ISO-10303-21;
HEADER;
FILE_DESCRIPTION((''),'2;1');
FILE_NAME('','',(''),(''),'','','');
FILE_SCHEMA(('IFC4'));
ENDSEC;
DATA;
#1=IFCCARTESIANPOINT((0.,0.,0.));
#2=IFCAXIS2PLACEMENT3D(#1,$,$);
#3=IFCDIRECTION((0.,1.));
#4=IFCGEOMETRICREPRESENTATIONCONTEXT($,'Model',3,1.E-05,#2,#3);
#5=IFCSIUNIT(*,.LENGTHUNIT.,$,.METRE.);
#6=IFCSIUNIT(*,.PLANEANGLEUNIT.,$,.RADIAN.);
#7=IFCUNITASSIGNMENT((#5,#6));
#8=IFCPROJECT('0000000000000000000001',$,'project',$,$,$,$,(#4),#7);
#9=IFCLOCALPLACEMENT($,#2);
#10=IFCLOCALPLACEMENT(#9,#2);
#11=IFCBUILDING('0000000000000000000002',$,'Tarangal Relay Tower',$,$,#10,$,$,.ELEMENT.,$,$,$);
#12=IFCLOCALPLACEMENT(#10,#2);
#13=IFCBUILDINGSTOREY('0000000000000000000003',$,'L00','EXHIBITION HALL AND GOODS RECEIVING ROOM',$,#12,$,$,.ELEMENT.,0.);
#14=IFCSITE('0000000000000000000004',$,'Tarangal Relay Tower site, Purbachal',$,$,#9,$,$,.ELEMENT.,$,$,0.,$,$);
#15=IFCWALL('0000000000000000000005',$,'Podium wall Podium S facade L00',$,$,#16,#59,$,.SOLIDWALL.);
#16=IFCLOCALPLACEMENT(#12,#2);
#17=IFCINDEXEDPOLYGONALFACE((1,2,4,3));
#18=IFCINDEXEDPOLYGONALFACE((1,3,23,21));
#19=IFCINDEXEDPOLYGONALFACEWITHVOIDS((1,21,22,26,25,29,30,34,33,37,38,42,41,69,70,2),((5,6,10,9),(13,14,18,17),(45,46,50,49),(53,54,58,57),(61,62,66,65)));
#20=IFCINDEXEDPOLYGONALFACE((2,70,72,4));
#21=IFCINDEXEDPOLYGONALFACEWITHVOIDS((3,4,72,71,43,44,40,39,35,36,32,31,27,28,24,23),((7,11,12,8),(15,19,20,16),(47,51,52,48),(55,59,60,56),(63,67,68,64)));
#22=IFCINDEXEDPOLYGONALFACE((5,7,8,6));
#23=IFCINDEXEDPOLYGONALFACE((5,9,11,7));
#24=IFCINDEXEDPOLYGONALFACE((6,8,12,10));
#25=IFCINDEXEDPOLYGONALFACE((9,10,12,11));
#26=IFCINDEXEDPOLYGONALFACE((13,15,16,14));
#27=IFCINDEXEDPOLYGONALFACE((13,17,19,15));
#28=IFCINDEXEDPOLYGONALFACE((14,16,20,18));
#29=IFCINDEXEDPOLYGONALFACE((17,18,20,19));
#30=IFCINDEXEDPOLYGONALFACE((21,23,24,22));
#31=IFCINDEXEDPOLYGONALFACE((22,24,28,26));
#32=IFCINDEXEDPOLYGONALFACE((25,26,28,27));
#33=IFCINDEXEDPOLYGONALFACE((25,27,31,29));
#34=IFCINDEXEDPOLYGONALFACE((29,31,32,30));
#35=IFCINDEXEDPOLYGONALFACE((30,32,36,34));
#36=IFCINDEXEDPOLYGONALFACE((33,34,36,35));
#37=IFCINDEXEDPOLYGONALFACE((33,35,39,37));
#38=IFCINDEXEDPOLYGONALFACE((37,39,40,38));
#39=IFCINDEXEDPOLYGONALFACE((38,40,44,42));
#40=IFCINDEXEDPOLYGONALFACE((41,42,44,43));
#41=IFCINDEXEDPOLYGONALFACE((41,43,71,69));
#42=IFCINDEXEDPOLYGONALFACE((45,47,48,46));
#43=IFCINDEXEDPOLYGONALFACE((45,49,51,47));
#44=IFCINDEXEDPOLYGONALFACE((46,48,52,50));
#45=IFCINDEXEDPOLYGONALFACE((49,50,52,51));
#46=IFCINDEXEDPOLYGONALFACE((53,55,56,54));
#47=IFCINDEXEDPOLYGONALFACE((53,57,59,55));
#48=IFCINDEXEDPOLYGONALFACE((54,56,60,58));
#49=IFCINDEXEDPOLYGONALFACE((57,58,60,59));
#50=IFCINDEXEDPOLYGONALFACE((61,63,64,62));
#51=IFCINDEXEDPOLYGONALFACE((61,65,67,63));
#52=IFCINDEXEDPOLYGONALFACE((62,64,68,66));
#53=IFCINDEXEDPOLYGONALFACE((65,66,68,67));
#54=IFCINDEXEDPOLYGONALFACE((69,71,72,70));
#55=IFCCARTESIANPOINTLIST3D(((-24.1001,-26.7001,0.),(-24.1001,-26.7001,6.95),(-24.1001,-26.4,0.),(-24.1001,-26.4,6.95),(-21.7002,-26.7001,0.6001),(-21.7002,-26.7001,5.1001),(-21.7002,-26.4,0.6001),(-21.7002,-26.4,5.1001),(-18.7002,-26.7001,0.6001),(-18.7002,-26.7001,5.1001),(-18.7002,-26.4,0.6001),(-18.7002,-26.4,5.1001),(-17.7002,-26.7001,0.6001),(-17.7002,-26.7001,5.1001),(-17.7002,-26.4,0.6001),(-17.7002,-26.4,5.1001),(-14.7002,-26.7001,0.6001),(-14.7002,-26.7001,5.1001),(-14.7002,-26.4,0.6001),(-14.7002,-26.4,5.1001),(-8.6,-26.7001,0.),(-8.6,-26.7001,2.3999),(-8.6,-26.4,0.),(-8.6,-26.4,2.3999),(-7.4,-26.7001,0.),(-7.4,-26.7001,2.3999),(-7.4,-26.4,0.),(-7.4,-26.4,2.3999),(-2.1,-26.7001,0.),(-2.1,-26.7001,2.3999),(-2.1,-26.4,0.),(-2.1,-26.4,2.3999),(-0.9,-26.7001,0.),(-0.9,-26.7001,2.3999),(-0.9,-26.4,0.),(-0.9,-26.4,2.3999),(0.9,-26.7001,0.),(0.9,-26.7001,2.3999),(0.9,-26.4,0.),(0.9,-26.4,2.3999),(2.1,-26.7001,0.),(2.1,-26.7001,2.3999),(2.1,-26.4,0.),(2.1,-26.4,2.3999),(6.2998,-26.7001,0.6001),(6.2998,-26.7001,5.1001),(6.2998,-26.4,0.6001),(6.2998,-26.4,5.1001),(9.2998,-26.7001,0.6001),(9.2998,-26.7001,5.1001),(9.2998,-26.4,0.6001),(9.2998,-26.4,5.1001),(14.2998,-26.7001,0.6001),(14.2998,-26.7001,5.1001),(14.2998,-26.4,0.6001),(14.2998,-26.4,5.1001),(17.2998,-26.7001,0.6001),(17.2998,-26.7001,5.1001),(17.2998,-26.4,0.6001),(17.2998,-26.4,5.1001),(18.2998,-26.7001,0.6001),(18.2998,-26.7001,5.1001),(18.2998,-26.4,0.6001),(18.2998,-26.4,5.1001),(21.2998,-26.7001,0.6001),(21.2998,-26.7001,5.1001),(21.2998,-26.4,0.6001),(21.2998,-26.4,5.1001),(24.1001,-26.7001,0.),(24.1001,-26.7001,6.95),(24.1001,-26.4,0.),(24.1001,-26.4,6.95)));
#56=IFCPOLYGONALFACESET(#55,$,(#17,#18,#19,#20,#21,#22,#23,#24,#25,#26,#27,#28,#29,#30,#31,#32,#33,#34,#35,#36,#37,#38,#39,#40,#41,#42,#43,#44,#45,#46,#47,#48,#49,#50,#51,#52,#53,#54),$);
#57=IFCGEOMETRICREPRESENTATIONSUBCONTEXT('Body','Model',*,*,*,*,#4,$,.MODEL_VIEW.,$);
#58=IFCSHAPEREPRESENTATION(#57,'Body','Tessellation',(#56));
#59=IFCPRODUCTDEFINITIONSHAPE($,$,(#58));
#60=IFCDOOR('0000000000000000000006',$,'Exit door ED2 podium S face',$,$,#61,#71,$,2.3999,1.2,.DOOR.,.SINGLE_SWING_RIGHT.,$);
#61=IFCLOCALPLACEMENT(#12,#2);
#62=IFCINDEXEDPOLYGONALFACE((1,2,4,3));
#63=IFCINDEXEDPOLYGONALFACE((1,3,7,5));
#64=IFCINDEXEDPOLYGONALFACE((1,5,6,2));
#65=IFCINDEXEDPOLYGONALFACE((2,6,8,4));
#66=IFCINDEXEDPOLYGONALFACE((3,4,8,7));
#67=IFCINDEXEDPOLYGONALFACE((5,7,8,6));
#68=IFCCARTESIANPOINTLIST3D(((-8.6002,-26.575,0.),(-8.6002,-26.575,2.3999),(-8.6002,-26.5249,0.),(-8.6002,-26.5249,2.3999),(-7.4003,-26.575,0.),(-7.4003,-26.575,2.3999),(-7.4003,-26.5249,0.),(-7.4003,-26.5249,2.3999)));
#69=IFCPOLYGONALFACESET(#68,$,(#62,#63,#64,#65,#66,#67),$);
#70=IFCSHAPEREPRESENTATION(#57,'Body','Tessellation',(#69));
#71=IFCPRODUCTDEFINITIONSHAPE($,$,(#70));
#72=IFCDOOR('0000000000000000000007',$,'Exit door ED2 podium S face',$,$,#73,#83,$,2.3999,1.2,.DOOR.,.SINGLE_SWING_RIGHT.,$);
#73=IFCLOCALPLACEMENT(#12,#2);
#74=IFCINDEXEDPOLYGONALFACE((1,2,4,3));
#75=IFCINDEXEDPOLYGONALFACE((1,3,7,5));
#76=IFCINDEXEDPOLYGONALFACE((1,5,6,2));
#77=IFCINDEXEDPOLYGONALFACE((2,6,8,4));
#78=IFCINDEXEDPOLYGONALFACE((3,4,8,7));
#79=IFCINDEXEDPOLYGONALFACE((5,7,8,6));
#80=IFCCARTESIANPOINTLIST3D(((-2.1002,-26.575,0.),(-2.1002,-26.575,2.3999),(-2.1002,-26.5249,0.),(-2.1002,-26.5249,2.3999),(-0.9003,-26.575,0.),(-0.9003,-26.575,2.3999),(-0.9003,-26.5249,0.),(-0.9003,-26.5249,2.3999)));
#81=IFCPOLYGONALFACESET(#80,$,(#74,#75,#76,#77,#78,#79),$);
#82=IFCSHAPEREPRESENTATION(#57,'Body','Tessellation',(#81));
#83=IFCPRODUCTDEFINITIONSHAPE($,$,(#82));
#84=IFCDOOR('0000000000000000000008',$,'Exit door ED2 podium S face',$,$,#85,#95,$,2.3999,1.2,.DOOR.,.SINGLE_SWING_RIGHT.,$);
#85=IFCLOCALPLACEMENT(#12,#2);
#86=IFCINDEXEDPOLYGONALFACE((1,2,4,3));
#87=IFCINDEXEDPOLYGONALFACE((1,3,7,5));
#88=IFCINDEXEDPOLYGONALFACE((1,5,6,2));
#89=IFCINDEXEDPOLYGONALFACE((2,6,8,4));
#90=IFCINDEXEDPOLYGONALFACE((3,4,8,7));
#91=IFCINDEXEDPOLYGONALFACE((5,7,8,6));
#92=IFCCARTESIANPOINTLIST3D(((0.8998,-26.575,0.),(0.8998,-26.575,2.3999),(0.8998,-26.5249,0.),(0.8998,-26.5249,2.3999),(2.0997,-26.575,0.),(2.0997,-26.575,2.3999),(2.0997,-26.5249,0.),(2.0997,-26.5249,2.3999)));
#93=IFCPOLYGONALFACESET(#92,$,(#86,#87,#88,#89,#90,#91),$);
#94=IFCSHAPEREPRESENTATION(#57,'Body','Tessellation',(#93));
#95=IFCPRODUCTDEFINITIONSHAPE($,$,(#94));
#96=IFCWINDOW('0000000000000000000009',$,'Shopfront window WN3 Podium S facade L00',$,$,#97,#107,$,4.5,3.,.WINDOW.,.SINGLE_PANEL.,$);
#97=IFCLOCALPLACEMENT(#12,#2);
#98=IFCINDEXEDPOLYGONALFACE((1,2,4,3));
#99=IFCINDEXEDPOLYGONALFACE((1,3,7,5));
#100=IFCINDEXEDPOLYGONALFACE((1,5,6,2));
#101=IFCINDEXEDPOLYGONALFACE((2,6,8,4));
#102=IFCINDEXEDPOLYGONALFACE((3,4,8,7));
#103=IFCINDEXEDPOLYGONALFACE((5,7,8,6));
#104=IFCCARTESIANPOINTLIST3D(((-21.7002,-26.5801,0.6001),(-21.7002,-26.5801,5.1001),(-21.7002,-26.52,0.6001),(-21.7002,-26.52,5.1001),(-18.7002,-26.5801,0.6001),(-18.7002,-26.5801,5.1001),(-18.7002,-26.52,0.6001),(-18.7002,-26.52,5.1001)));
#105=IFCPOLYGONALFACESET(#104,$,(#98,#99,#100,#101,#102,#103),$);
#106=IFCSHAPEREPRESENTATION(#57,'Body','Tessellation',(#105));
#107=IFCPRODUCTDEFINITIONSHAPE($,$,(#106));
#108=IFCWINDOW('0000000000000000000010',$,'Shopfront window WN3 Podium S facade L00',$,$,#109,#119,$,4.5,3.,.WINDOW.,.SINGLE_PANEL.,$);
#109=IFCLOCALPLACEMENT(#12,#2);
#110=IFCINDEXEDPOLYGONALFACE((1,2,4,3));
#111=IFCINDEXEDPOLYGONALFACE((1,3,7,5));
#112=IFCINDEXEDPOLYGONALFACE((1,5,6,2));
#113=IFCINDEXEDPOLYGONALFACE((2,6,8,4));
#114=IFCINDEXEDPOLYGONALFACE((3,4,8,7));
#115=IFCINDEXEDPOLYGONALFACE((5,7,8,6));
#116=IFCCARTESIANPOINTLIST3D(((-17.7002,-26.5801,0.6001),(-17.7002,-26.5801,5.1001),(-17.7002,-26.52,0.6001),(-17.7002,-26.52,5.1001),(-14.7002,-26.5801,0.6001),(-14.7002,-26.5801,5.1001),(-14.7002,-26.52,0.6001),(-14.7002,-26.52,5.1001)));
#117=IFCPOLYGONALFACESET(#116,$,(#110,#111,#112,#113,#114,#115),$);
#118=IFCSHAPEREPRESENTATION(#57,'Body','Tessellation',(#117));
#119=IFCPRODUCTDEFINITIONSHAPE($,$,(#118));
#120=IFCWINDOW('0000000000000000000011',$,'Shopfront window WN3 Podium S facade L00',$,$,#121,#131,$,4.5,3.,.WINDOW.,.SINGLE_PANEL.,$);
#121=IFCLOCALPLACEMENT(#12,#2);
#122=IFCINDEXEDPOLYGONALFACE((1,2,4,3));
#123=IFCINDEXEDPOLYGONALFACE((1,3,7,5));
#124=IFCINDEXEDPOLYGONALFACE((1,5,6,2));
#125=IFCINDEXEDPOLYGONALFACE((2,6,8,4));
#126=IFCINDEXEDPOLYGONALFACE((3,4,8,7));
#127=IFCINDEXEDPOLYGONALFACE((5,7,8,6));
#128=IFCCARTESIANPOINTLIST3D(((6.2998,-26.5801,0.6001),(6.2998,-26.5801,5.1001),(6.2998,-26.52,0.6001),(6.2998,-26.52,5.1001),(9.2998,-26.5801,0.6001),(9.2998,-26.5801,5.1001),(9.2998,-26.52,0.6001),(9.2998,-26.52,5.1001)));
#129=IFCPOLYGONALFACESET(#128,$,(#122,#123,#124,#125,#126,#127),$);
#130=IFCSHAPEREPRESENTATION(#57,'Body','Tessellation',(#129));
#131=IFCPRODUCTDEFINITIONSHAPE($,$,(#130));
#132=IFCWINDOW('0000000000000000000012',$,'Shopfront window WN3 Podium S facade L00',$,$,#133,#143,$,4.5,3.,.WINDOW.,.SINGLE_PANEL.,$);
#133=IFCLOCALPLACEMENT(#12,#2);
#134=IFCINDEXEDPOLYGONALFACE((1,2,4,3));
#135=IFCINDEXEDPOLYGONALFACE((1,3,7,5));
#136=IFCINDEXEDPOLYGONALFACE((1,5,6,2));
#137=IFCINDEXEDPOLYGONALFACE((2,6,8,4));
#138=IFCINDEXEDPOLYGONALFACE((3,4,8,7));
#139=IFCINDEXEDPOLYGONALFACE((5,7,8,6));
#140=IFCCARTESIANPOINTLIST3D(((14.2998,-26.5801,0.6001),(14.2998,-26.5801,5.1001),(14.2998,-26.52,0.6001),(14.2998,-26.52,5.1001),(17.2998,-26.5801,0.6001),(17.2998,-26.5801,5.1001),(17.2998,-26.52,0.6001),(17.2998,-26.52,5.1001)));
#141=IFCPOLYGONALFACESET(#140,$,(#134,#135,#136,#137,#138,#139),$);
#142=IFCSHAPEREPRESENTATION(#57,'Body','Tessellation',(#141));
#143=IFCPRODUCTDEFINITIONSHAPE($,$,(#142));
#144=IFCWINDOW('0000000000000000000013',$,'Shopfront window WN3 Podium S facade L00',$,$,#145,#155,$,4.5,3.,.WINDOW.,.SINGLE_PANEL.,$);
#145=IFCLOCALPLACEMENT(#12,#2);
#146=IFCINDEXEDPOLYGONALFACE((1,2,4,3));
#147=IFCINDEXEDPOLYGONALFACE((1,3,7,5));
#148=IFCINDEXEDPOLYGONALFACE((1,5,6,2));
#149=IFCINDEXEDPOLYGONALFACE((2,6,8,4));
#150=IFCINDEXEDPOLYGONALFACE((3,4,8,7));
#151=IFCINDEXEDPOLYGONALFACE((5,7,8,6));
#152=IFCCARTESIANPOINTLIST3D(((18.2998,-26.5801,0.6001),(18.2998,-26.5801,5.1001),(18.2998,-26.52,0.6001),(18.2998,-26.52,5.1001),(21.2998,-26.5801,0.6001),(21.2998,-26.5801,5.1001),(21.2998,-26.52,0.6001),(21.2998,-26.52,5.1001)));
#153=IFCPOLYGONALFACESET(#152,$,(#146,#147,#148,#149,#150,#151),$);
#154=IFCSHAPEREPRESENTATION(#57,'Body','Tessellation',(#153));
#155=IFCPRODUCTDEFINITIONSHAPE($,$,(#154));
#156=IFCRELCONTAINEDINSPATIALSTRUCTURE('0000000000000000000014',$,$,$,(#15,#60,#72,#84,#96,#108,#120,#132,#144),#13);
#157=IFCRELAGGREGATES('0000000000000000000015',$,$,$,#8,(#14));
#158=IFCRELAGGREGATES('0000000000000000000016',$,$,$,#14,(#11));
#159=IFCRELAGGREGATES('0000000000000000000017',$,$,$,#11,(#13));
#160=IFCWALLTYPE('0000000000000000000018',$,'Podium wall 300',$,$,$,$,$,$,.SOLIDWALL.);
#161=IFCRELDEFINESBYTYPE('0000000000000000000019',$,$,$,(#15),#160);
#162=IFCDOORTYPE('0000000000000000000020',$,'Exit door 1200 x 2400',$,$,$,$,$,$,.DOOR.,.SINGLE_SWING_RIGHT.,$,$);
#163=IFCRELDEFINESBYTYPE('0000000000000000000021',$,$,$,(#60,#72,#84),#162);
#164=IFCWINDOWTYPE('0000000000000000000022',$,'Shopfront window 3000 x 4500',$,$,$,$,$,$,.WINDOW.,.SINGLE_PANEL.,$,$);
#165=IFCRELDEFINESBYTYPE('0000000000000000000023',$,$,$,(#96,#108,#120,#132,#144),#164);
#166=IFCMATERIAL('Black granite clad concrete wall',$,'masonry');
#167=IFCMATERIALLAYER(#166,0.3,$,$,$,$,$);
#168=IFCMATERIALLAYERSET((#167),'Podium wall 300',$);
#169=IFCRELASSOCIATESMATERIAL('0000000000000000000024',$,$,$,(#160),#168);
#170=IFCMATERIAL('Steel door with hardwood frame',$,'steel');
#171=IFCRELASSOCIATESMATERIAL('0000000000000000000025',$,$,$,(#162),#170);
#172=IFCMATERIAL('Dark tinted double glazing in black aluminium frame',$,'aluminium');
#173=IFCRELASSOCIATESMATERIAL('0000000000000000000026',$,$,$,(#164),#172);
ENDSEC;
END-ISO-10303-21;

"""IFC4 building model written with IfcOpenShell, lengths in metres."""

from ifc_helpers import new_model, si_unit, direction, frame, frame_2d, origin, place, context, subcontext, project, spatial, rectangle, extrude, material, layer, layer_set, type_object, element, fill, save


model = new_model("IFC4")

# Units and contexts
model_context = context("Model", 3, precision=1e-05, world=origin(), true_north=direction((0.0, 1.0)))
body_context = subcontext(model_context, "Body", "Model", "MODEL_VIEW")
ifc_project = project(units=[si_unit("LENGTHUNIT", "METRE"), si_unit("PLANEANGLEUNIT", "RADIAN")], contexts=[model_context])

# Site, building, storey
site_placement = place(None, origin())
site = spatial("IfcSite", under=ifc_project, at=site_placement, Name="Tarangal Relay Tower site, Purbachal", CompositionType="ELEMENT", RefElevation=0.0)
building_placement = place(site_placement, origin())
building = spatial("IfcBuilding", under=site, at=building_placement, Name="Tarangal Relay Tower", CompositionType="ELEMENT")
storey_placement = place(building_placement, origin())
storey = spatial("IfcBuildingStorey", under=building, at=storey_placement, Name="L00", Description="EXHIBITION HALL AND GOODS RECEIVING ROOM", CompositionType="ELEMENT", Elevation=0.0)

# Wall, openings, doors, windows
ifc_material_1 = material(Name="Black granite clad concrete wall", Category="masonry")
ifc_layer_1 = layer(ifc_material_1, 0.3)
ifc_layer_set_1 = layer_set([ifc_layer_1], Name="Podium wall 300")
wall_type_1 = type_object("IfcWallType", Name="Podium wall 300", PredefinedType="SOLIDWALL", material=ifc_layer_set_1)
wall_1_placement = place(storey_placement, frame((-24.1001, -26.55, 0.0), z_axis=(0.0, 0.0, 1.0), x_axis=(1.0, 0.0, 0.0)))
wall_1 = element("IfcWall", 1, at=wall_1_placement, inside=storey, type_object=wall_type_1, Name="Podium wall Podium S facade L00", PredefinedType="SOLIDWALL", context=body_context, shape_type="SweptSolid", body=[
    extrude(rectangle(XDim=48.2002, YDim=0.3, at=frame_2d((24.1001, 0.0))), origin(), (0.0, 0.0, 1.0), 6.95),
])
opening_1_placement = place(wall_1_placement, frame((15.5, 0.0, 0.0)))
opening_1 = element("IfcOpeningElement", 2, at=opening_1_placement, cuts=wall_1, PredefinedType="OPENING", context=body_context, shape_type="SweptSolid", body=[
    extrude(rectangle(XDim=1.2, YDim=2.3999, at=frame_2d((0.6001, 1.2))), frame((0.0, 0.1599, 0.0), z_axis=(0.0, -1.0, 0.0), x_axis=(1.0, 0.0, 0.0)), (0.0, 0.0, 1.0), 0.3201),
])
opening_2_placement = place(wall_1_placement, frame((22.0, 0.0, 0.0)))
opening_2 = element("IfcOpeningElement", 3, at=opening_2_placement, cuts=wall_1, PredefinedType="OPENING", context=body_context, shape_type="SweptSolid", body=[
    extrude(rectangle(XDim=1.2, YDim=2.3999, at=frame_2d((0.6001, 1.2))), frame((0.0, 0.1599, 0.0), z_axis=(0.0, -1.0, 0.0), x_axis=(1.0, 0.0, 0.0)), (0.0, 0.0, 1.0), 0.3201),
])
opening_3_placement = place(wall_1_placement, frame((25.0, 0.0, 0.0)))
opening_3 = element("IfcOpeningElement", 4, at=opening_3_placement, cuts=wall_1, PredefinedType="OPENING", context=body_context, shape_type="SweptSolid", body=[
    extrude(rectangle(XDim=1.2, YDim=2.3999, at=frame_2d((0.6001, 1.2))), frame((0.0, 0.1599, 0.0), z_axis=(0.0, -1.0, 0.0), x_axis=(1.0, 0.0, 0.0)), (0.0, 0.0, 1.0), 0.3201),
])
opening_4_placement = place(wall_1_placement, frame((2.3999, 0.0, 0.6001)))
opening_4 = element("IfcOpeningElement", 5, at=opening_4_placement, cuts=wall_1, PredefinedType="OPENING", context=body_context, shape_type="SweptSolid", body=[
    extrude(rectangle(XDim=3.0, YDim=4.5, at=frame_2d((1.5, 2.25))), frame((0.0, 0.1599, 0.0), z_axis=(0.0, -1.0, 0.0), x_axis=(1.0, 0.0, 0.0)), (0.0, 0.0, 1.0), 0.3201),
])
opening_5_placement = place(wall_1_placement, frame((6.3999, 0.0, 0.6001)))
opening_5 = element("IfcOpeningElement", 6, at=opening_5_placement, cuts=wall_1, PredefinedType="OPENING", context=body_context, shape_type="SweptSolid", body=[
    extrude(rectangle(XDim=3.0, YDim=4.5, at=frame_2d((1.5, 2.25))), frame((0.0, 0.1599, 0.0), z_axis=(0.0, -1.0, 0.0), x_axis=(1.0, 0.0, 0.0)), (0.0, 0.0, 1.0), 0.3201),
])
opening_6_placement = place(wall_1_placement, frame((30.3999, 0.0, 0.6001)))
opening_6 = element("IfcOpeningElement", 7, at=opening_6_placement, cuts=wall_1, PredefinedType="OPENING", context=body_context, shape_type="SweptSolid", body=[
    extrude(rectangle(XDim=3.0, YDim=4.5, at=frame_2d((1.5, 2.25))), frame((0.0, 0.1599, 0.0), z_axis=(0.0, -1.0, 0.0), x_axis=(1.0, 0.0, 0.0)), (0.0, 0.0, 1.0), 0.3201),
])
opening_7_placement = place(wall_1_placement, frame((38.3999, 0.0, 0.6001)))
opening_7 = element("IfcOpeningElement", 8, at=opening_7_placement, cuts=wall_1, PredefinedType="OPENING", context=body_context, shape_type="SweptSolid", body=[
    extrude(rectangle(XDim=3.0, YDim=4.5, at=frame_2d((1.5, 2.25))), frame((0.0, 0.1599, 0.0), z_axis=(0.0, -1.0, 0.0), x_axis=(1.0, 0.0, 0.0)), (0.0, 0.0, 1.0), 0.3201),
])
opening_8_placement = place(wall_1_placement, frame((42.3999, 0.0, 0.6001)))
opening_8 = element("IfcOpeningElement", 9, at=opening_8_placement, cuts=wall_1, PredefinedType="OPENING", context=body_context, shape_type="SweptSolid", body=[
    extrude(rectangle(XDim=3.0, YDim=4.5, at=frame_2d((1.5, 2.25))), frame((0.0, 0.1599, 0.0), z_axis=(0.0, -1.0, 0.0), x_axis=(1.0, 0.0, 0.0)), (0.0, 0.0, 1.0), 0.3201),
])
ifc_material_2 = material(Name="Steel door with hardwood frame", Category="steel")
door_type = type_object("IfcDoorType", Name="Exit door 1200 x 2400", OperationType="SINGLE_SWING_RIGHT", PredefinedType="DOOR", material=ifc_material_2)
door_1_placement = place(opening_1_placement, frame((1.2, 0.0, 0.0), z_axis=(0.0, 0.0, 1.0), x_axis=(-1.0, 0.0, 0.0)))
door_1 = element("IfcDoor", 10, at=door_1_placement, inside=storey, type_object=door_type, Name="Exit door ED2 podium S face", OperationType="SINGLE_SWING_RIGHT", OverallHeight=2.3999, OverallWidth=1.2, PredefinedType="DOOR", context=body_context, shape_type="SweptSolid", body=[
    extrude(rectangle(XDim=1.2, YDim=2.3999, at=frame_2d((0.6001, 1.2))), frame((0.0, 0.0249, 0.0), z_axis=(0.0, -1.0, 0.0), x_axis=(1.0, 0.0, 0.0)), (0.0, 0.0, 1.0), 0.05),
])
fill(opening_1, door_1)
door_2_placement = place(opening_2_placement, frame((1.2, 0.0, 0.0), z_axis=(0.0, 0.0, 1.0), x_axis=(-1.0, 0.0, 0.0)))
door_2 = element("IfcDoor", 11, at=door_2_placement, inside=storey, type_object=door_type, Name="Exit door ED2 podium S face", OperationType="SINGLE_SWING_RIGHT", OverallHeight=2.3999, OverallWidth=1.2, PredefinedType="DOOR", context=body_context, shape_type="SweptSolid", body=[
    extrude(rectangle(XDim=1.2, YDim=2.3999, at=frame_2d((0.6001, 1.2))), frame((0.0, 0.0249, 0.0), z_axis=(0.0, -1.0, 0.0), x_axis=(1.0, 0.0, 0.0)), (0.0, 0.0, 1.0), 0.05),
])
fill(opening_2, door_2)
door_3_placement = place(opening_3_placement, frame((1.2, 0.0, 0.0), z_axis=(0.0, 0.0, 1.0), x_axis=(-1.0, 0.0, 0.0)))
door_3 = element("IfcDoor", 12, at=door_3_placement, inside=storey, type_object=door_type, Name="Exit door ED2 podium S face", OperationType="SINGLE_SWING_RIGHT", OverallHeight=2.3999, OverallWidth=1.2, PredefinedType="DOOR", context=body_context, shape_type="SweptSolid", body=[
    extrude(rectangle(XDim=1.2, YDim=2.3999, at=frame_2d((0.6001, 1.2))), frame((0.0, 0.0249, 0.0), z_axis=(0.0, -1.0, 0.0), x_axis=(1.0, 0.0, 0.0)), (0.0, 0.0, 1.0), 0.05),
])
fill(opening_3, door_3)
ifc_material_3 = material(Name="Dark tinted double glazing in black aluminium frame", Category="aluminium")
window_type = type_object("IfcWindowType", Name="Shopfront window 3000 x 4500", PartitioningType="SINGLE_PANEL", PredefinedType="WINDOW", material=ifc_material_3)
window_1_placement = place(opening_4_placement, origin())
window_1 = element("IfcWindow", 13, at=window_1_placement, inside=storey, type_object=window_type, Name="Shopfront window WN3 Podium S facade L00", OverallHeight=4.5, OverallWidth=3.0, PartitioningType="SINGLE_PANEL", PredefinedType="WINDOW", context=body_context, shape_type="SweptSolid", body=[
    extrude(rectangle(XDim=3.0, YDim=4.5, at=frame_2d((1.5, 2.25))), frame((0.0, 0.03, 0.0), z_axis=(0.0, -1.0, 0.0), x_axis=(1.0, 0.0, 0.0)), (0.0, 0.0, 1.0), 0.0601),
])
fill(opening_4, window_1)
window_2_placement = place(opening_5_placement, origin())
window_2 = element("IfcWindow", 14, at=window_2_placement, inside=storey, type_object=window_type, Name="Shopfront window WN3 Podium S facade L00", OverallHeight=4.5, OverallWidth=3.0, PartitioningType="SINGLE_PANEL", PredefinedType="WINDOW", context=body_context, shape_type="SweptSolid", body=[
    extrude(rectangle(XDim=3.0, YDim=4.5, at=frame_2d((1.5, 2.25))), frame((0.0, 0.03, 0.0), z_axis=(0.0, -1.0, 0.0), x_axis=(1.0, 0.0, 0.0)), (0.0, 0.0, 1.0), 0.0601),
])
fill(opening_5, window_2)
window_3_placement = place(opening_6_placement, origin())
window_3 = element("IfcWindow", 15, at=window_3_placement, inside=storey, type_object=window_type, Name="Shopfront window WN3 Podium S facade L00", OverallHeight=4.5, OverallWidth=3.0, PartitioningType="SINGLE_PANEL", PredefinedType="WINDOW", context=body_context, shape_type="SweptSolid", body=[
    extrude(rectangle(XDim=3.0, YDim=4.5, at=frame_2d((1.5, 2.25))), frame((0.0, 0.03, 0.0), z_axis=(0.0, -1.0, 0.0), x_axis=(1.0, 0.0, 0.0)), (0.0, 0.0, 1.0), 0.0601),
])
fill(opening_6, window_3)
window_4_placement = place(opening_7_placement, origin())
window_4 = element("IfcWindow", 16, at=window_4_placement, inside=storey, type_object=window_type, Name="Shopfront window WN3 Podium S facade L00", OverallHeight=4.5, OverallWidth=3.0, PartitioningType="SINGLE_PANEL", PredefinedType="WINDOW", context=body_context, shape_type="SweptSolid", body=[
    extrude(rectangle(XDim=3.0, YDim=4.5, at=frame_2d((1.5, 2.25))), frame((0.0, 0.03, 0.0), z_axis=(0.0, -1.0, 0.0), x_axis=(1.0, 0.0, 0.0)), (0.0, 0.0, 1.0), 0.0601),
])
fill(opening_7, window_4)
window_5_placement = place(opening_8_placement, origin())
window_5 = element("IfcWindow", 17, at=window_5_placement, inside=storey, type_object=window_type, Name="Shopfront window WN3 Podium S facade L00", OverallHeight=4.5, OverallWidth=3.0, PartitioningType="SINGLE_PANEL", PredefinedType="WINDOW", context=body_context, shape_type="SweptSolid", body=[
    extrude(rectangle(XDim=3.0, YDim=4.5, at=frame_2d((1.5, 2.25))), frame((0.0, 0.03, 0.0), z_axis=(0.0, -1.0, 0.0), x_axis=(1.0, 0.0, 0.0)), (0.0, 0.0, 1.0), 0.0601),
])
fill(opening_8, window_5)

save(model, "model.ifc")
